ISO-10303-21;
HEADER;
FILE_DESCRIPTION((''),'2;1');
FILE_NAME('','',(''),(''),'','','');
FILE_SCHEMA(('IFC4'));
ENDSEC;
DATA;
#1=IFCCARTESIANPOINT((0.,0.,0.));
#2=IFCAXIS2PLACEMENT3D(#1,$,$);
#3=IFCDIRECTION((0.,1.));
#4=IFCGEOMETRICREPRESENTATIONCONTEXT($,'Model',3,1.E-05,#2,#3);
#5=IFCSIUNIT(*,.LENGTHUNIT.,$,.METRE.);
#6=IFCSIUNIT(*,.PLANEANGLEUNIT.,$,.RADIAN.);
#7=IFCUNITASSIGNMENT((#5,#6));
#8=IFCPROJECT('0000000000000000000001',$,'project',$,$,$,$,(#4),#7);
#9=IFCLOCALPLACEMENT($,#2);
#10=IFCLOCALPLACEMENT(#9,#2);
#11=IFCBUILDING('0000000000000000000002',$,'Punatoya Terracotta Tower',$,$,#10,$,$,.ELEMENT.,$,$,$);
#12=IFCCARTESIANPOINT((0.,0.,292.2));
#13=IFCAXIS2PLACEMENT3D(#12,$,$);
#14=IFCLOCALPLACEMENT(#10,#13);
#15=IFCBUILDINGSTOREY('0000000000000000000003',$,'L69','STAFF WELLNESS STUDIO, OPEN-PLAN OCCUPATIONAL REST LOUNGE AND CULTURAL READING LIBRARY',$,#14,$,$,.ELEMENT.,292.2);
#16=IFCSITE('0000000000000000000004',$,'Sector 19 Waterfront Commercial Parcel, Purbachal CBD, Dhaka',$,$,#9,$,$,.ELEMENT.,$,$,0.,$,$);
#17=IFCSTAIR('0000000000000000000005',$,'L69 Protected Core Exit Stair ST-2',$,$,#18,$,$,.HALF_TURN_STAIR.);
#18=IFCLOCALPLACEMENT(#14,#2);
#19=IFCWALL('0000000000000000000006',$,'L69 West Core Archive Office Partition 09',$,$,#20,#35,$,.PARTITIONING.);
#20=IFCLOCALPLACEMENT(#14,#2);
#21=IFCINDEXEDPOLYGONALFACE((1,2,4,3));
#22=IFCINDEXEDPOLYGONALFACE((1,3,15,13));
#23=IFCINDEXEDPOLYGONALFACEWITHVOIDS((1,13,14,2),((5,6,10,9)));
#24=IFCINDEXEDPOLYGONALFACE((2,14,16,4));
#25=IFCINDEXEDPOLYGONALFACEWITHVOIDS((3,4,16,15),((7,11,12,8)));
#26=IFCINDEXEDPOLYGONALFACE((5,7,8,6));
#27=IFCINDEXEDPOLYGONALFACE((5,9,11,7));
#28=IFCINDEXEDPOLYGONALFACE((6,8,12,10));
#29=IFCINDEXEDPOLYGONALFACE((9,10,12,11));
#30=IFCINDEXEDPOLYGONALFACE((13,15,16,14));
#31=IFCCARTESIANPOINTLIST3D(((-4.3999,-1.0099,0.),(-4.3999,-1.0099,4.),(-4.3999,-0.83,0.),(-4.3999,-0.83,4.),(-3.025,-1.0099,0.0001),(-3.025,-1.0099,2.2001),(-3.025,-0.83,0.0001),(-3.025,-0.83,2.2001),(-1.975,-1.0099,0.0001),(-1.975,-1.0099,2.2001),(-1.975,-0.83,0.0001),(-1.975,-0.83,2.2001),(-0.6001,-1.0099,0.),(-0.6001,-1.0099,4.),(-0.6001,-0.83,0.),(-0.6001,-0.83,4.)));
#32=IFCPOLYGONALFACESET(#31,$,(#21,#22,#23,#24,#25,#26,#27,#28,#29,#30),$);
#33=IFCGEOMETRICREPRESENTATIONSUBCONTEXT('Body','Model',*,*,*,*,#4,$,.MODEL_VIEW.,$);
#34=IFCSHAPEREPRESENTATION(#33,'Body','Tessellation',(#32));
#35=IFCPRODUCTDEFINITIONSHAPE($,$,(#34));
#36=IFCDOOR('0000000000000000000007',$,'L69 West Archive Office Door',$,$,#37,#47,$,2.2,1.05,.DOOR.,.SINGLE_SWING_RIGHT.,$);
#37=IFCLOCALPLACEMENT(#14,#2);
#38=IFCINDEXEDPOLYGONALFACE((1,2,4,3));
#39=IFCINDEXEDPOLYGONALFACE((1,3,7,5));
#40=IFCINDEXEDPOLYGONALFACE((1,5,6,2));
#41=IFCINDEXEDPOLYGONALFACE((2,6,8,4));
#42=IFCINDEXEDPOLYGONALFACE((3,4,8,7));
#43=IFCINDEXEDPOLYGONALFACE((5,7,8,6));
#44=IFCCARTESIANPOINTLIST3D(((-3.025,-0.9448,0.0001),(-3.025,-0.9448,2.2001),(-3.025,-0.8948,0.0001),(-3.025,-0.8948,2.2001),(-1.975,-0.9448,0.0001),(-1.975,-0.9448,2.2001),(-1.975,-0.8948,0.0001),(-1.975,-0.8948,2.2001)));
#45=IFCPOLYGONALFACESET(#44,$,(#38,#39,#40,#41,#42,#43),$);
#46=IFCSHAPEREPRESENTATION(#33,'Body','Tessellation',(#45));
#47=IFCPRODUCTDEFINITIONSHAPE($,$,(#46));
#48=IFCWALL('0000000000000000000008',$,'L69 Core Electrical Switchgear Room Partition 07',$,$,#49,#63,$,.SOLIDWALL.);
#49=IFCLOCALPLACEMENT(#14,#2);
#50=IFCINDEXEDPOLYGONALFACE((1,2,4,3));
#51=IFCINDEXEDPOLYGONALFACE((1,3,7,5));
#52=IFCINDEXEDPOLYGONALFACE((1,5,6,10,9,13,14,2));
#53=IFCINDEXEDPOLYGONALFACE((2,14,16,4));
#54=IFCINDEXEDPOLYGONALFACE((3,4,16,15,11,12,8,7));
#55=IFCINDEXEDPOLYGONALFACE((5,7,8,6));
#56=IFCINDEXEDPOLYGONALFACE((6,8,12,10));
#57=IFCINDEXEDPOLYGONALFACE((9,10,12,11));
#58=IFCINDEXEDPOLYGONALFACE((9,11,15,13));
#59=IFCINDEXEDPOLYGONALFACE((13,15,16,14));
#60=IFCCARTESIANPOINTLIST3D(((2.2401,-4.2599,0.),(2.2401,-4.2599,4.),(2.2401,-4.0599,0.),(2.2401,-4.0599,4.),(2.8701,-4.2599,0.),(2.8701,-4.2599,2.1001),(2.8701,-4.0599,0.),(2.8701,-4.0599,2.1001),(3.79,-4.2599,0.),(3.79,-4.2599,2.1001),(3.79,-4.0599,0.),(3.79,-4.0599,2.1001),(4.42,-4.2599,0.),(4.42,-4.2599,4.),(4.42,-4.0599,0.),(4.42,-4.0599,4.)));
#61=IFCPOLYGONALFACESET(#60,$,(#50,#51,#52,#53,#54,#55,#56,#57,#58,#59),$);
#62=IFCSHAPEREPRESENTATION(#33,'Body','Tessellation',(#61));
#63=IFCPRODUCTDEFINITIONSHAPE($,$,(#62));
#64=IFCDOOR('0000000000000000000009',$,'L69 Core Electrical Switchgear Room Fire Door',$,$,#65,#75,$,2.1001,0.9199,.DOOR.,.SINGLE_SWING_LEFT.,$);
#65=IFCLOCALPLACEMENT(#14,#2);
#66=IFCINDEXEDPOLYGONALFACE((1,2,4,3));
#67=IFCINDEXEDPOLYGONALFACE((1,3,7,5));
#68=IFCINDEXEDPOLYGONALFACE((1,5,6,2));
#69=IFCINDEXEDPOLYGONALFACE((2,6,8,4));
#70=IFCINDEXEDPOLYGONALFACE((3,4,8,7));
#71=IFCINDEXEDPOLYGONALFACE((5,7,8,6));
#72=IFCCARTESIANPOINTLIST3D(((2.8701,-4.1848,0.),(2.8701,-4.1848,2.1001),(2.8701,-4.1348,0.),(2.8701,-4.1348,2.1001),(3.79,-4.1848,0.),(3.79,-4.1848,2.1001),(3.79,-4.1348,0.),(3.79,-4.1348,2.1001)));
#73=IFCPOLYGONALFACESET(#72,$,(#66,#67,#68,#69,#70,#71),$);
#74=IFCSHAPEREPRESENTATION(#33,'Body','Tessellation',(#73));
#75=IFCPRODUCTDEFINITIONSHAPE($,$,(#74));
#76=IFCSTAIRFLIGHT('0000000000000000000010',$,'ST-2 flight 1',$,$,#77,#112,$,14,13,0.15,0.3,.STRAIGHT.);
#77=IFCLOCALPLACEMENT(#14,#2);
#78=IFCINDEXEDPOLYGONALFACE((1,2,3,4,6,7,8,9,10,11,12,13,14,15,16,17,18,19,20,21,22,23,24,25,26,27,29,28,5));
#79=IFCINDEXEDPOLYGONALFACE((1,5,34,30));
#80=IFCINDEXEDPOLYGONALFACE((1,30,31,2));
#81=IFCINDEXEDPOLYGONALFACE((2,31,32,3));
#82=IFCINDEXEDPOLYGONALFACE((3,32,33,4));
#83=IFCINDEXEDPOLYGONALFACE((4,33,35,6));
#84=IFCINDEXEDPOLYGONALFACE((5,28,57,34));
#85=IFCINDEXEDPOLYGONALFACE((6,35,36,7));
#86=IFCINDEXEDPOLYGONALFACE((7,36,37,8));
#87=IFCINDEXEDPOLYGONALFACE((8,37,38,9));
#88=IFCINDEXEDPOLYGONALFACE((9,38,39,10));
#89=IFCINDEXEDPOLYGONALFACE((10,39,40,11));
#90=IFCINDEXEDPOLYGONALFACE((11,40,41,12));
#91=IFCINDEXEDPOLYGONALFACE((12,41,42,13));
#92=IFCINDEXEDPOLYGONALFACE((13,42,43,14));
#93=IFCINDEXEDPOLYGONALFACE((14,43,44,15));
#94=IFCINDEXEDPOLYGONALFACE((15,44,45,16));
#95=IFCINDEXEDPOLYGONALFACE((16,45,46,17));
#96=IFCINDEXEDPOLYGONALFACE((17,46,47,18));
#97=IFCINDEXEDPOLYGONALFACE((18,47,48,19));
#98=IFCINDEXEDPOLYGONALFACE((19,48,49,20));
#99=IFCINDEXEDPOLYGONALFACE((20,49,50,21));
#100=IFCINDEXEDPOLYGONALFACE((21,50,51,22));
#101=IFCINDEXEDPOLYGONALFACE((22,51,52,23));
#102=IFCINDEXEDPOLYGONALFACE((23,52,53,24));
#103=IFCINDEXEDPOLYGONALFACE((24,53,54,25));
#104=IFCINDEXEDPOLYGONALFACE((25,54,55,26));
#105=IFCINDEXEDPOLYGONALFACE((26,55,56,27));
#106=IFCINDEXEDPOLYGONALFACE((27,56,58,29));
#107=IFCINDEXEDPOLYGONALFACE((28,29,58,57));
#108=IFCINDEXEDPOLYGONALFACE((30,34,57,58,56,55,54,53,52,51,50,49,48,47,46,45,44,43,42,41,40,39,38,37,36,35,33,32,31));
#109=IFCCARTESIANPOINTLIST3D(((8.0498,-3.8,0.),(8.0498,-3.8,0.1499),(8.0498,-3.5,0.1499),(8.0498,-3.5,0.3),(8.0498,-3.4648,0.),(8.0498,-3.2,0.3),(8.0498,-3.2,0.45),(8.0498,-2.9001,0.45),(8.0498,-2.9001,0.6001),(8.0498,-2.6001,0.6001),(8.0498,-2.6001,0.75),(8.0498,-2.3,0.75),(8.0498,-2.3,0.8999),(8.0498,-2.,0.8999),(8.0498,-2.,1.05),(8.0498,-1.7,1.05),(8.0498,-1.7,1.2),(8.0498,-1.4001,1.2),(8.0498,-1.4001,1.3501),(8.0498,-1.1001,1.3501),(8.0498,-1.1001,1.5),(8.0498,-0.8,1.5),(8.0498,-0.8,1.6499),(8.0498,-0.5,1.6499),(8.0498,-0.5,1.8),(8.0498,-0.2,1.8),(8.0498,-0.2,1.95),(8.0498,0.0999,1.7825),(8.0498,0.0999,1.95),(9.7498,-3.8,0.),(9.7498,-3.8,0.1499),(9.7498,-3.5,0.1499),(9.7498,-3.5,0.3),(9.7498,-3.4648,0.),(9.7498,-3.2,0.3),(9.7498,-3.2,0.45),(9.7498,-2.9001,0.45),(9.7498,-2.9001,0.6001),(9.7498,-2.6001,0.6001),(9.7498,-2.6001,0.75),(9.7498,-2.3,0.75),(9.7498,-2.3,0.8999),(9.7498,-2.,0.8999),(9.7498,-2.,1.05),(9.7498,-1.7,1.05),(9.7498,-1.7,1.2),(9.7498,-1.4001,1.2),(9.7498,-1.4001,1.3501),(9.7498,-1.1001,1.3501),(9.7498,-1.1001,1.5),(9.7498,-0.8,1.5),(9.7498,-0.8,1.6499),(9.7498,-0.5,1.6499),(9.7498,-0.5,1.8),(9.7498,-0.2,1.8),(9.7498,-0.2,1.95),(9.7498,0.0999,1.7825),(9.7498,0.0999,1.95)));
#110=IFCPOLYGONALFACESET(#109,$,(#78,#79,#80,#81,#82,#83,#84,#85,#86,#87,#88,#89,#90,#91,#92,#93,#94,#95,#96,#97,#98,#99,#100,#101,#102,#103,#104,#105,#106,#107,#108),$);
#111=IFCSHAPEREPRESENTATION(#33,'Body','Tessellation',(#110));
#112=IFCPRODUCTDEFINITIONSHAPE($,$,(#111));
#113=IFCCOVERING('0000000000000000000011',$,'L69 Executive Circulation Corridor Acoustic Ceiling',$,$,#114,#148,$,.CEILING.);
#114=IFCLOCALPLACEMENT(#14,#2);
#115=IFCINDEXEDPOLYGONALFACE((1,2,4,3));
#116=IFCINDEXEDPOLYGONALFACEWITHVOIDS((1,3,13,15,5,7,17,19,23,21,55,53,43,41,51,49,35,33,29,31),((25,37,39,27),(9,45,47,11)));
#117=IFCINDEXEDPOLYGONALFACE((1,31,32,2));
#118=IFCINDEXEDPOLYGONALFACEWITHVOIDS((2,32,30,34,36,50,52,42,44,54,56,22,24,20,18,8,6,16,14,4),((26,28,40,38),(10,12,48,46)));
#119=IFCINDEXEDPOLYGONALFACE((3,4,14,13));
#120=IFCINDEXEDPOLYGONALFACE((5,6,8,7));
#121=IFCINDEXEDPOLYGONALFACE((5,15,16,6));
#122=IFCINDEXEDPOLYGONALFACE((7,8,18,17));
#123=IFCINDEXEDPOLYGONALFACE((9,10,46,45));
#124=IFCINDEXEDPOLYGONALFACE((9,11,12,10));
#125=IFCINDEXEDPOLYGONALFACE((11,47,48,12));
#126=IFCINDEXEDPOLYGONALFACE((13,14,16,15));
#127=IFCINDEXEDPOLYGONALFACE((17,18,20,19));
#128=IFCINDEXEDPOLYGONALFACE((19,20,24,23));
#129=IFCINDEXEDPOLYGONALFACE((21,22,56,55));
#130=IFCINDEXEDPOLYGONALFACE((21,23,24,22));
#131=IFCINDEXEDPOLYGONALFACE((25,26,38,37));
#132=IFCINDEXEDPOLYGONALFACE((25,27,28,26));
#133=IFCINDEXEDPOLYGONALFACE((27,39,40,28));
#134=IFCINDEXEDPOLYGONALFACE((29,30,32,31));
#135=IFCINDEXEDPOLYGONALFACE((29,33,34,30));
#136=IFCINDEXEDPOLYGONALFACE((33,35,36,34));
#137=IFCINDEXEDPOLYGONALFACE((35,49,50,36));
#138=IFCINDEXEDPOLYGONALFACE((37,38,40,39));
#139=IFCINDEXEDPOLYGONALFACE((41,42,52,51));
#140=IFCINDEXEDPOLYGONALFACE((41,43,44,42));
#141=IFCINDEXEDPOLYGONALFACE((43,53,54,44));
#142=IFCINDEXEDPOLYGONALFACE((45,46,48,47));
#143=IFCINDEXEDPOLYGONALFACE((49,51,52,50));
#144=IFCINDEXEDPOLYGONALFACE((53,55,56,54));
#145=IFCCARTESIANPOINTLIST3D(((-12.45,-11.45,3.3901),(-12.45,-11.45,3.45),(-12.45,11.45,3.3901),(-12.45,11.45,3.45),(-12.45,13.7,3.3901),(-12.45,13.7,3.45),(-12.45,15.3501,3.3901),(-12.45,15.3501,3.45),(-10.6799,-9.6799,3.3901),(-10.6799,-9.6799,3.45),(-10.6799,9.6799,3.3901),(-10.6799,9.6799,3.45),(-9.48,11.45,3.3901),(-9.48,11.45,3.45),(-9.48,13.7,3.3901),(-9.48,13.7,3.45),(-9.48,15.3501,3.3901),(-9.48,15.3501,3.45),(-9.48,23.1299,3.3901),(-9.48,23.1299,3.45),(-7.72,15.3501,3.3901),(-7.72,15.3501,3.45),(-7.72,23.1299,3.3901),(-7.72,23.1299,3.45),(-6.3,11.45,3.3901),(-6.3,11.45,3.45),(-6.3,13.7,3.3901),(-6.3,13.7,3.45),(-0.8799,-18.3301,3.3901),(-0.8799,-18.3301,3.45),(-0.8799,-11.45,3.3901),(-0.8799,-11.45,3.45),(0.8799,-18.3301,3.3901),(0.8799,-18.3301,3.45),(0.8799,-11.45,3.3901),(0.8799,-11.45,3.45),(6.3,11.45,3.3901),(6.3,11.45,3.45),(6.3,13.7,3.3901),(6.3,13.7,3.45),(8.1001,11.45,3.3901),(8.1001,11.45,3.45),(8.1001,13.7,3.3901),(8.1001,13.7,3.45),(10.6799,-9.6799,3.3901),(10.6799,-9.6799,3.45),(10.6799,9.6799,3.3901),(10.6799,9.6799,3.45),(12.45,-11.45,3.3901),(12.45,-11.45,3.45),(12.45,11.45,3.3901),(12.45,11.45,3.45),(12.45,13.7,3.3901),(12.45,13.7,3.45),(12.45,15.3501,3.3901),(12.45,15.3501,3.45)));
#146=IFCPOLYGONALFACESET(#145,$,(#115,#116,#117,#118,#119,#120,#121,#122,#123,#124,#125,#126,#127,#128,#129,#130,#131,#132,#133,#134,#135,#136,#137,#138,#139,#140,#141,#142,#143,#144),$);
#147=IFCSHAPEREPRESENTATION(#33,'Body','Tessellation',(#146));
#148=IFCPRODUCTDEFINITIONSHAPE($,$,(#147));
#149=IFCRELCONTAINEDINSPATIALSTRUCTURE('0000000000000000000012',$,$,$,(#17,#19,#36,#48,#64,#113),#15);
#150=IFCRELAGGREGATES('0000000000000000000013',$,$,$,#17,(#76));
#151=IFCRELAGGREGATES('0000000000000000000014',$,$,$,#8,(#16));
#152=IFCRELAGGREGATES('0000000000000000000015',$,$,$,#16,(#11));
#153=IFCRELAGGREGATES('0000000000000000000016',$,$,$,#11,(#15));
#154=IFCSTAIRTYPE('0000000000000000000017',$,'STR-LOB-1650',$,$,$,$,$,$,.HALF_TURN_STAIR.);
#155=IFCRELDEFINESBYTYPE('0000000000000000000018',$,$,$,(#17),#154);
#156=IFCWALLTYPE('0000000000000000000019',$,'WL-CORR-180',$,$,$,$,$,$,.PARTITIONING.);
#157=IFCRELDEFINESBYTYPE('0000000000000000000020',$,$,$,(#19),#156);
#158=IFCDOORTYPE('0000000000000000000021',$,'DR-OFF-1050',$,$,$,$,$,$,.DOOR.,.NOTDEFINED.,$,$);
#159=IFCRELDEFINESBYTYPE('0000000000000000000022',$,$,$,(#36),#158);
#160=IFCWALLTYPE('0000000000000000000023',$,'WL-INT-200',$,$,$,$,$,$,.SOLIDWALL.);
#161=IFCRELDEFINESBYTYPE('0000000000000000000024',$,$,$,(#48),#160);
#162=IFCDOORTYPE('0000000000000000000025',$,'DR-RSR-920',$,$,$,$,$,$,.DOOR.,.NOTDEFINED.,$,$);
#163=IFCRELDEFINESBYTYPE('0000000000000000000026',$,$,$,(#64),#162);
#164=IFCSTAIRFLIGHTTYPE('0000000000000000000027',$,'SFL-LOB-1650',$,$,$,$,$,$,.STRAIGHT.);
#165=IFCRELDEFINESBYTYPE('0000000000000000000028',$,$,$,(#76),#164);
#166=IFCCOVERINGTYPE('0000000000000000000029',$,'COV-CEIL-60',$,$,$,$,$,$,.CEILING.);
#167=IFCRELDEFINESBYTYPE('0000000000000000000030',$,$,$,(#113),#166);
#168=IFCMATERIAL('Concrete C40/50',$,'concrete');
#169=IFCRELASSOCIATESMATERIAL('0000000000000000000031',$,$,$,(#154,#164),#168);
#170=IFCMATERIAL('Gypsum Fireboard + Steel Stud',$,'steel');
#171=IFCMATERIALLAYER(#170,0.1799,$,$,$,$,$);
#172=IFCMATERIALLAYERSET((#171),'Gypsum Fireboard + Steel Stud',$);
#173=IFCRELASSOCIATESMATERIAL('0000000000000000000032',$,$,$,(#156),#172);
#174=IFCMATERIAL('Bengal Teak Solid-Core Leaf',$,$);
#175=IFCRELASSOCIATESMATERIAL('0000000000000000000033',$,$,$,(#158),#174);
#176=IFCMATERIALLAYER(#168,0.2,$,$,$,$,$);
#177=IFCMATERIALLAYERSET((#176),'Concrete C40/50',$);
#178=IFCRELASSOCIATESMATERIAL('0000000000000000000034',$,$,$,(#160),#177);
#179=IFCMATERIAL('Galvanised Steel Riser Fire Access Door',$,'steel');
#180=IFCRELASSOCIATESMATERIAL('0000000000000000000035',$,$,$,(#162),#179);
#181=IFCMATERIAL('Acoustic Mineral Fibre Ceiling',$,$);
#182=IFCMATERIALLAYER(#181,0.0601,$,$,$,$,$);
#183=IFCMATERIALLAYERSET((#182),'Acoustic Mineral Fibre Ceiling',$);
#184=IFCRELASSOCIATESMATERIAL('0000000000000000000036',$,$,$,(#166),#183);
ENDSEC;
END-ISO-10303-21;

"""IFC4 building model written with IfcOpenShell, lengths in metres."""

from ifc_helpers import new_model, si_unit, direction, frame, frame_2d, origin, place, context, subcontext, project, spatial, polyline, rectangle, outline, extrude, material, layer, layer_set, type_object, element, fill, aggregate, save


model = new_model("IFC4")

# Units and contexts
model_context = context("Model", 3, precision=1e-05, world=origin(), true_north=direction((0.0, 1.0)))
body_context = subcontext(model_context, "Body", "Model", "MODEL_VIEW")
ifc_project = project(units=[si_unit("LENGTHUNIT", "METRE"), si_unit("PLANEANGLEUNIT", "RADIAN")], contexts=[model_context])

# Site, building, storey
site_placement = place(None, origin())
site = spatial("IfcSite", under=ifc_project, at=site_placement, Name="Sector 19 Waterfront Commercial Parcel, Purbachal CBD, Dhaka", CompositionType="ELEMENT", RefElevation=0.0)
building_placement = place(site_placement, origin())
building = spatial("IfcBuilding", under=site, at=building_placement, Name="Punatoya Terracotta Tower", CompositionType="ELEMENT")
storey_placement = place(building_placement, frame((0.0, 0.0, 292.2)))
storey = spatial("IfcBuildingStorey", under=building, at=storey_placement, Name="L69", Description="STAFF WELLNESS STUDIO, OPEN-PLAN OCCUPATIONAL REST LOUNGE AND CULTURAL READING LIBRARY", CompositionType="ELEMENT", Elevation=292.2)

# Stair
ifc_material_1 = material(Name="Concrete C40/50", Category="concrete")
stair_type_1 = type_object("IfcStairType", Name="STR-LOB-1650", PredefinedType="HALF_TURN_STAIR", material=ifc_material_1)
stair_1_placement = place(storey_placement, origin())
stair_1 = element("IfcStair", 1, at=stair_1_placement, inside=storey, type_object=stair_type_1, Name="L69 Protected Core Exit Stair ST-2", PredefinedType="HALF_TURN_STAIR")

# Shared definitions
ifc_material_2 = material(Name="Gypsum Fireboard + Steel Stud", Category="steel")
ifc_layer_1 = layer(ifc_material_2, 0.1799)
ifc_layer_set_1 = layer_set([ifc_layer_1], Name="Gypsum Fireboard + Steel Stud")
wall_type_1 = type_object("IfcWallType", Name="WL-CORR-180", PredefinedType="PARTITIONING", material=ifc_layer_set_1)

# Walls, openings, doors
wall_1_placement = place(storey_placement, frame((-0.6001, -0.9199, 0.0), z_axis=(0.0, 0.0, 1.0), x_axis=(-1.0, 0.0, 0.0)))
wall_1 = element("IfcWall", 2, at=wall_1_placement, inside=storey, type_object=wall_type_1, Name="L69 West Core Archive Office Partition 09", PredefinedType="PARTITIONING", context=body_context, shape_type="SweptSolid", body=[
    extrude(rectangle(XDim=3.7998, YDim=0.1799, at=frame_2d((1.8999, 0.0))), origin(), (0.0, 0.0, 1.0), 4.0),
])
opening_1_placement = place(wall_1_placement, frame((1.375, 0.0, 0.0)))
opening_1 = element("IfcOpeningElement", 3, at=opening_1_placement, cuts=wall_1, PredefinedType="OPENING", context=body_context, shape_type="SweptSolid", body=[
    extrude(rectangle(XDim=1.05, YDim=2.2, at=frame_2d((0.5249, 1.1001))), frame((0.0, 0.0999, 0.0), z_axis=(0.0, -1.0, 0.0), x_axis=(1.0, 0.0, 0.0)), (0.0, 0.0, 1.0), 0.2),
])
ifc_material_3 = material(Name="Bengal Teak Solid-Core Leaf")
door_type_1 = type_object("IfcDoorType", Name="DR-OFF-1050", OperationType="NOTDEFINED", PredefinedType="DOOR", material=ifc_material_3)
door_1_placement = place(opening_1_placement, origin())
door_1 = element("IfcDoor", 4, at=door_1_placement, inside=storey, type_object=door_type_1, Name="L69 West Archive Office Door", OperationType="SINGLE_SWING_RIGHT", OverallHeight=2.2, OverallWidth=1.05, PredefinedType="DOOR", context=body_context, shape_type="SweptSolid", body=[
    extrude(rectangle(XDim=1.05, YDim=2.2, at=frame_2d((0.5249, 1.1001))), frame((0.0, 0.0249, 0.0), z_axis=(0.0, -1.0, 0.0), x_axis=(1.0, 0.0, 0.0)), (0.0, 0.0, 1.0), 0.05),
])
fill(opening_1, door_1)
ifc_layer_2 = layer(ifc_material_1, 0.2)
ifc_layer_set_2 = layer_set([ifc_layer_2], Name="Concrete C40/50")
wall_type_2 = type_object("IfcWallType", Name="WL-INT-200", PredefinedType="SOLIDWALL", material=ifc_layer_set_2)
wall_2_placement = place(storey_placement, frame((4.4199, -4.1599, 0.0), z_axis=(0.0, 0.0, 1.0), x_axis=(-1.0, 0.0, 0.0)))
wall_2 = element("IfcWall", 5, at=wall_2_placement, inside=storey, type_object=wall_type_2, Name="L69 Core Electrical Switchgear Room Partition 07", PredefinedType="SOLIDWALL", context=body_context, shape_type="SweptSolid", body=[
    extrude(rectangle(XDim=2.1799, YDim=0.2, at=frame_2d((1.0898, 0.0))), origin(), (0.0, 0.0, 1.0), 4.0),
])
opening_2_placement = place(wall_2_placement, frame((0.6299, 0.0, 0.0)))
opening_2 = element("IfcOpeningElement", 6, at=opening_2_placement, cuts=wall_2, PredefinedType="OPENING", context=body_context, shape_type="SweptSolid", body=[
    extrude(rectangle(XDim=0.9199, YDim=2.1001, at=frame_2d((0.46, 1.05))), frame((0.0, 0.1099, 0.0), z_axis=(0.0, -1.0, 0.0), x_axis=(1.0, 0.0, 0.0)), (0.0, 0.0, 1.0), 0.22),
])
ifc_material_4 = material(Name="Galvanised Steel Riser Fire Access Door", Category="steel")
door_type_2 = type_object("IfcDoorType", Name="DR-RSR-920", OperationType="NOTDEFINED", PredefinedType="DOOR", material=ifc_material_4)
door_2_placement = place(opening_2_placement, origin())
door_2 = element("IfcDoor", 7, at=door_2_placement, inside=storey, type_object=door_type_2, Name="L69 Core Electrical Switchgear Room Fire Door", OperationType="SINGLE_SWING_LEFT", OverallHeight=2.1001, OverallWidth=0.9199, PredefinedType="DOOR", context=body_context, shape_type="SweptSolid", body=[
    extrude(rectangle(XDim=0.9199, YDim=2.1001, at=frame_2d((0.46, 1.05))), frame((0.0, 0.0249, 0.0), z_axis=(0.0, -1.0, 0.0), x_axis=(1.0, 0.0, 0.0)), (0.0, 0.0, 1.0), 0.05),
])
fill(opening_2, door_2)

# Stair flight
stair_flight_type = type_object("IfcStairFlightType", Name="SFL-LOB-1650", PredefinedType="STRAIGHT", material=ifc_material_1)
stair_flight_placement = place(storey_placement, frame((8.8999, -3.8, 0.0), z_axis=(0.0, 0.0, 1.0), x_axis=(0.0, 1.0, 0.0)))
stair_flight = element("IfcStairFlight", 8, at=stair_flight_placement, type_object=stair_flight_type, Name="ST-2 flight 1", NumberOfRisers=14, NumberOfTreads=13, PredefinedType="STRAIGHT", RiserHeight=0.15, TreadLength=0.3, context=body_context, shape_type="SweptSolid", body=[
    extrude(outline(polyline([(0.0, 0.0), (0.0, 0.1499), (0.3, 0.1499), (0.3, 0.3), (0.6001, 0.3), (0.6001, 0.45), (0.8999, 0.45), (0.8999, 0.6001), (1.2, 0.6001), (1.2, 0.75), (1.5, 0.75), (1.5, 0.8999), (1.8, 0.8999), (1.8, 1.05), (2.1001, 1.05), (2.1001, 1.2), (2.3999, 1.2), (2.3999, 1.3501), (2.7, 1.3501), (2.7, 1.5), (3.0, 1.5), (3.0, 1.6499), (3.3, 1.6499), (3.3, 1.8), (3.6001, 1.8), (3.6001, 1.95), (3.8999, 1.95), (3.8999, 2.1001), (3.8999, 1.7825), (0.3352, 0.0), (0.0, 0.0)])), frame((0.0, 0.8501, 0.0), z_axis=(0.0, -1.0, 0.0), x_axis=(1.0, 0.0, 0.0)), (0.0, 0.0, 1.0), 1.7),
])
aggregate(stair_1, [stair_flight])

# Covering
ifc_material_5 = material(Name="Acoustic Mineral Fibre Ceiling")
ifc_layer_3 = layer(ifc_material_5, 0.0601)
ifc_layer_set_3 = layer_set([ifc_layer_3], Name="Acoustic Mineral Fibre Ceiling")
covering_type = type_object("IfcCoveringType", Name="COV-CEIL-60", PredefinedType="CEILING", material=ifc_layer_set_3)
covering_1_placement = place(storey_placement, frame((0.0, 0.0, 3.3901)))
element("IfcCovering", 9, at=covering_1_placement, inside=storey, type_object=covering_type, Name="L69 Executive Circulation Corridor Acoustic Ceiling", PredefinedType="CEILING", context=body_context, shape_type="SweptSolid", body=[
    extrude(outline(polyline([(-0.8799, -11.45), (-0.8799, -18.3301), (0.8799, -18.3301), (0.8799, -11.45), (12.45, -11.45), (12.45, 11.45), (8.1001, 11.45), (8.1001, 13.7), (12.45, 13.7), (12.45, 15.3501), (-7.72, 15.3501), (-7.72, 23.1299), (-9.48, 23.1299), (-9.48, 15.3501), (-12.45, 15.3501), (-12.45, 13.7), (-9.48, 13.7), (-9.48, 11.45), (-12.45, 11.45), (-12.45, -11.45), (-0.8799, -11.45)]), holes=[polyline([(10.6799, 9.6799), (10.6799, -9.6799), (-10.6799, -9.6799), (-10.6799, 9.6799), (10.6799, 9.6799)]), polyline([(6.3, 11.45), (-6.3, 11.45), (-6.3, 13.7), (6.3, 13.7), (6.3, 11.45)])]), origin(), (0.0, 0.0, 1.0), 0.0598),
])

save(model, "model.ifc")
